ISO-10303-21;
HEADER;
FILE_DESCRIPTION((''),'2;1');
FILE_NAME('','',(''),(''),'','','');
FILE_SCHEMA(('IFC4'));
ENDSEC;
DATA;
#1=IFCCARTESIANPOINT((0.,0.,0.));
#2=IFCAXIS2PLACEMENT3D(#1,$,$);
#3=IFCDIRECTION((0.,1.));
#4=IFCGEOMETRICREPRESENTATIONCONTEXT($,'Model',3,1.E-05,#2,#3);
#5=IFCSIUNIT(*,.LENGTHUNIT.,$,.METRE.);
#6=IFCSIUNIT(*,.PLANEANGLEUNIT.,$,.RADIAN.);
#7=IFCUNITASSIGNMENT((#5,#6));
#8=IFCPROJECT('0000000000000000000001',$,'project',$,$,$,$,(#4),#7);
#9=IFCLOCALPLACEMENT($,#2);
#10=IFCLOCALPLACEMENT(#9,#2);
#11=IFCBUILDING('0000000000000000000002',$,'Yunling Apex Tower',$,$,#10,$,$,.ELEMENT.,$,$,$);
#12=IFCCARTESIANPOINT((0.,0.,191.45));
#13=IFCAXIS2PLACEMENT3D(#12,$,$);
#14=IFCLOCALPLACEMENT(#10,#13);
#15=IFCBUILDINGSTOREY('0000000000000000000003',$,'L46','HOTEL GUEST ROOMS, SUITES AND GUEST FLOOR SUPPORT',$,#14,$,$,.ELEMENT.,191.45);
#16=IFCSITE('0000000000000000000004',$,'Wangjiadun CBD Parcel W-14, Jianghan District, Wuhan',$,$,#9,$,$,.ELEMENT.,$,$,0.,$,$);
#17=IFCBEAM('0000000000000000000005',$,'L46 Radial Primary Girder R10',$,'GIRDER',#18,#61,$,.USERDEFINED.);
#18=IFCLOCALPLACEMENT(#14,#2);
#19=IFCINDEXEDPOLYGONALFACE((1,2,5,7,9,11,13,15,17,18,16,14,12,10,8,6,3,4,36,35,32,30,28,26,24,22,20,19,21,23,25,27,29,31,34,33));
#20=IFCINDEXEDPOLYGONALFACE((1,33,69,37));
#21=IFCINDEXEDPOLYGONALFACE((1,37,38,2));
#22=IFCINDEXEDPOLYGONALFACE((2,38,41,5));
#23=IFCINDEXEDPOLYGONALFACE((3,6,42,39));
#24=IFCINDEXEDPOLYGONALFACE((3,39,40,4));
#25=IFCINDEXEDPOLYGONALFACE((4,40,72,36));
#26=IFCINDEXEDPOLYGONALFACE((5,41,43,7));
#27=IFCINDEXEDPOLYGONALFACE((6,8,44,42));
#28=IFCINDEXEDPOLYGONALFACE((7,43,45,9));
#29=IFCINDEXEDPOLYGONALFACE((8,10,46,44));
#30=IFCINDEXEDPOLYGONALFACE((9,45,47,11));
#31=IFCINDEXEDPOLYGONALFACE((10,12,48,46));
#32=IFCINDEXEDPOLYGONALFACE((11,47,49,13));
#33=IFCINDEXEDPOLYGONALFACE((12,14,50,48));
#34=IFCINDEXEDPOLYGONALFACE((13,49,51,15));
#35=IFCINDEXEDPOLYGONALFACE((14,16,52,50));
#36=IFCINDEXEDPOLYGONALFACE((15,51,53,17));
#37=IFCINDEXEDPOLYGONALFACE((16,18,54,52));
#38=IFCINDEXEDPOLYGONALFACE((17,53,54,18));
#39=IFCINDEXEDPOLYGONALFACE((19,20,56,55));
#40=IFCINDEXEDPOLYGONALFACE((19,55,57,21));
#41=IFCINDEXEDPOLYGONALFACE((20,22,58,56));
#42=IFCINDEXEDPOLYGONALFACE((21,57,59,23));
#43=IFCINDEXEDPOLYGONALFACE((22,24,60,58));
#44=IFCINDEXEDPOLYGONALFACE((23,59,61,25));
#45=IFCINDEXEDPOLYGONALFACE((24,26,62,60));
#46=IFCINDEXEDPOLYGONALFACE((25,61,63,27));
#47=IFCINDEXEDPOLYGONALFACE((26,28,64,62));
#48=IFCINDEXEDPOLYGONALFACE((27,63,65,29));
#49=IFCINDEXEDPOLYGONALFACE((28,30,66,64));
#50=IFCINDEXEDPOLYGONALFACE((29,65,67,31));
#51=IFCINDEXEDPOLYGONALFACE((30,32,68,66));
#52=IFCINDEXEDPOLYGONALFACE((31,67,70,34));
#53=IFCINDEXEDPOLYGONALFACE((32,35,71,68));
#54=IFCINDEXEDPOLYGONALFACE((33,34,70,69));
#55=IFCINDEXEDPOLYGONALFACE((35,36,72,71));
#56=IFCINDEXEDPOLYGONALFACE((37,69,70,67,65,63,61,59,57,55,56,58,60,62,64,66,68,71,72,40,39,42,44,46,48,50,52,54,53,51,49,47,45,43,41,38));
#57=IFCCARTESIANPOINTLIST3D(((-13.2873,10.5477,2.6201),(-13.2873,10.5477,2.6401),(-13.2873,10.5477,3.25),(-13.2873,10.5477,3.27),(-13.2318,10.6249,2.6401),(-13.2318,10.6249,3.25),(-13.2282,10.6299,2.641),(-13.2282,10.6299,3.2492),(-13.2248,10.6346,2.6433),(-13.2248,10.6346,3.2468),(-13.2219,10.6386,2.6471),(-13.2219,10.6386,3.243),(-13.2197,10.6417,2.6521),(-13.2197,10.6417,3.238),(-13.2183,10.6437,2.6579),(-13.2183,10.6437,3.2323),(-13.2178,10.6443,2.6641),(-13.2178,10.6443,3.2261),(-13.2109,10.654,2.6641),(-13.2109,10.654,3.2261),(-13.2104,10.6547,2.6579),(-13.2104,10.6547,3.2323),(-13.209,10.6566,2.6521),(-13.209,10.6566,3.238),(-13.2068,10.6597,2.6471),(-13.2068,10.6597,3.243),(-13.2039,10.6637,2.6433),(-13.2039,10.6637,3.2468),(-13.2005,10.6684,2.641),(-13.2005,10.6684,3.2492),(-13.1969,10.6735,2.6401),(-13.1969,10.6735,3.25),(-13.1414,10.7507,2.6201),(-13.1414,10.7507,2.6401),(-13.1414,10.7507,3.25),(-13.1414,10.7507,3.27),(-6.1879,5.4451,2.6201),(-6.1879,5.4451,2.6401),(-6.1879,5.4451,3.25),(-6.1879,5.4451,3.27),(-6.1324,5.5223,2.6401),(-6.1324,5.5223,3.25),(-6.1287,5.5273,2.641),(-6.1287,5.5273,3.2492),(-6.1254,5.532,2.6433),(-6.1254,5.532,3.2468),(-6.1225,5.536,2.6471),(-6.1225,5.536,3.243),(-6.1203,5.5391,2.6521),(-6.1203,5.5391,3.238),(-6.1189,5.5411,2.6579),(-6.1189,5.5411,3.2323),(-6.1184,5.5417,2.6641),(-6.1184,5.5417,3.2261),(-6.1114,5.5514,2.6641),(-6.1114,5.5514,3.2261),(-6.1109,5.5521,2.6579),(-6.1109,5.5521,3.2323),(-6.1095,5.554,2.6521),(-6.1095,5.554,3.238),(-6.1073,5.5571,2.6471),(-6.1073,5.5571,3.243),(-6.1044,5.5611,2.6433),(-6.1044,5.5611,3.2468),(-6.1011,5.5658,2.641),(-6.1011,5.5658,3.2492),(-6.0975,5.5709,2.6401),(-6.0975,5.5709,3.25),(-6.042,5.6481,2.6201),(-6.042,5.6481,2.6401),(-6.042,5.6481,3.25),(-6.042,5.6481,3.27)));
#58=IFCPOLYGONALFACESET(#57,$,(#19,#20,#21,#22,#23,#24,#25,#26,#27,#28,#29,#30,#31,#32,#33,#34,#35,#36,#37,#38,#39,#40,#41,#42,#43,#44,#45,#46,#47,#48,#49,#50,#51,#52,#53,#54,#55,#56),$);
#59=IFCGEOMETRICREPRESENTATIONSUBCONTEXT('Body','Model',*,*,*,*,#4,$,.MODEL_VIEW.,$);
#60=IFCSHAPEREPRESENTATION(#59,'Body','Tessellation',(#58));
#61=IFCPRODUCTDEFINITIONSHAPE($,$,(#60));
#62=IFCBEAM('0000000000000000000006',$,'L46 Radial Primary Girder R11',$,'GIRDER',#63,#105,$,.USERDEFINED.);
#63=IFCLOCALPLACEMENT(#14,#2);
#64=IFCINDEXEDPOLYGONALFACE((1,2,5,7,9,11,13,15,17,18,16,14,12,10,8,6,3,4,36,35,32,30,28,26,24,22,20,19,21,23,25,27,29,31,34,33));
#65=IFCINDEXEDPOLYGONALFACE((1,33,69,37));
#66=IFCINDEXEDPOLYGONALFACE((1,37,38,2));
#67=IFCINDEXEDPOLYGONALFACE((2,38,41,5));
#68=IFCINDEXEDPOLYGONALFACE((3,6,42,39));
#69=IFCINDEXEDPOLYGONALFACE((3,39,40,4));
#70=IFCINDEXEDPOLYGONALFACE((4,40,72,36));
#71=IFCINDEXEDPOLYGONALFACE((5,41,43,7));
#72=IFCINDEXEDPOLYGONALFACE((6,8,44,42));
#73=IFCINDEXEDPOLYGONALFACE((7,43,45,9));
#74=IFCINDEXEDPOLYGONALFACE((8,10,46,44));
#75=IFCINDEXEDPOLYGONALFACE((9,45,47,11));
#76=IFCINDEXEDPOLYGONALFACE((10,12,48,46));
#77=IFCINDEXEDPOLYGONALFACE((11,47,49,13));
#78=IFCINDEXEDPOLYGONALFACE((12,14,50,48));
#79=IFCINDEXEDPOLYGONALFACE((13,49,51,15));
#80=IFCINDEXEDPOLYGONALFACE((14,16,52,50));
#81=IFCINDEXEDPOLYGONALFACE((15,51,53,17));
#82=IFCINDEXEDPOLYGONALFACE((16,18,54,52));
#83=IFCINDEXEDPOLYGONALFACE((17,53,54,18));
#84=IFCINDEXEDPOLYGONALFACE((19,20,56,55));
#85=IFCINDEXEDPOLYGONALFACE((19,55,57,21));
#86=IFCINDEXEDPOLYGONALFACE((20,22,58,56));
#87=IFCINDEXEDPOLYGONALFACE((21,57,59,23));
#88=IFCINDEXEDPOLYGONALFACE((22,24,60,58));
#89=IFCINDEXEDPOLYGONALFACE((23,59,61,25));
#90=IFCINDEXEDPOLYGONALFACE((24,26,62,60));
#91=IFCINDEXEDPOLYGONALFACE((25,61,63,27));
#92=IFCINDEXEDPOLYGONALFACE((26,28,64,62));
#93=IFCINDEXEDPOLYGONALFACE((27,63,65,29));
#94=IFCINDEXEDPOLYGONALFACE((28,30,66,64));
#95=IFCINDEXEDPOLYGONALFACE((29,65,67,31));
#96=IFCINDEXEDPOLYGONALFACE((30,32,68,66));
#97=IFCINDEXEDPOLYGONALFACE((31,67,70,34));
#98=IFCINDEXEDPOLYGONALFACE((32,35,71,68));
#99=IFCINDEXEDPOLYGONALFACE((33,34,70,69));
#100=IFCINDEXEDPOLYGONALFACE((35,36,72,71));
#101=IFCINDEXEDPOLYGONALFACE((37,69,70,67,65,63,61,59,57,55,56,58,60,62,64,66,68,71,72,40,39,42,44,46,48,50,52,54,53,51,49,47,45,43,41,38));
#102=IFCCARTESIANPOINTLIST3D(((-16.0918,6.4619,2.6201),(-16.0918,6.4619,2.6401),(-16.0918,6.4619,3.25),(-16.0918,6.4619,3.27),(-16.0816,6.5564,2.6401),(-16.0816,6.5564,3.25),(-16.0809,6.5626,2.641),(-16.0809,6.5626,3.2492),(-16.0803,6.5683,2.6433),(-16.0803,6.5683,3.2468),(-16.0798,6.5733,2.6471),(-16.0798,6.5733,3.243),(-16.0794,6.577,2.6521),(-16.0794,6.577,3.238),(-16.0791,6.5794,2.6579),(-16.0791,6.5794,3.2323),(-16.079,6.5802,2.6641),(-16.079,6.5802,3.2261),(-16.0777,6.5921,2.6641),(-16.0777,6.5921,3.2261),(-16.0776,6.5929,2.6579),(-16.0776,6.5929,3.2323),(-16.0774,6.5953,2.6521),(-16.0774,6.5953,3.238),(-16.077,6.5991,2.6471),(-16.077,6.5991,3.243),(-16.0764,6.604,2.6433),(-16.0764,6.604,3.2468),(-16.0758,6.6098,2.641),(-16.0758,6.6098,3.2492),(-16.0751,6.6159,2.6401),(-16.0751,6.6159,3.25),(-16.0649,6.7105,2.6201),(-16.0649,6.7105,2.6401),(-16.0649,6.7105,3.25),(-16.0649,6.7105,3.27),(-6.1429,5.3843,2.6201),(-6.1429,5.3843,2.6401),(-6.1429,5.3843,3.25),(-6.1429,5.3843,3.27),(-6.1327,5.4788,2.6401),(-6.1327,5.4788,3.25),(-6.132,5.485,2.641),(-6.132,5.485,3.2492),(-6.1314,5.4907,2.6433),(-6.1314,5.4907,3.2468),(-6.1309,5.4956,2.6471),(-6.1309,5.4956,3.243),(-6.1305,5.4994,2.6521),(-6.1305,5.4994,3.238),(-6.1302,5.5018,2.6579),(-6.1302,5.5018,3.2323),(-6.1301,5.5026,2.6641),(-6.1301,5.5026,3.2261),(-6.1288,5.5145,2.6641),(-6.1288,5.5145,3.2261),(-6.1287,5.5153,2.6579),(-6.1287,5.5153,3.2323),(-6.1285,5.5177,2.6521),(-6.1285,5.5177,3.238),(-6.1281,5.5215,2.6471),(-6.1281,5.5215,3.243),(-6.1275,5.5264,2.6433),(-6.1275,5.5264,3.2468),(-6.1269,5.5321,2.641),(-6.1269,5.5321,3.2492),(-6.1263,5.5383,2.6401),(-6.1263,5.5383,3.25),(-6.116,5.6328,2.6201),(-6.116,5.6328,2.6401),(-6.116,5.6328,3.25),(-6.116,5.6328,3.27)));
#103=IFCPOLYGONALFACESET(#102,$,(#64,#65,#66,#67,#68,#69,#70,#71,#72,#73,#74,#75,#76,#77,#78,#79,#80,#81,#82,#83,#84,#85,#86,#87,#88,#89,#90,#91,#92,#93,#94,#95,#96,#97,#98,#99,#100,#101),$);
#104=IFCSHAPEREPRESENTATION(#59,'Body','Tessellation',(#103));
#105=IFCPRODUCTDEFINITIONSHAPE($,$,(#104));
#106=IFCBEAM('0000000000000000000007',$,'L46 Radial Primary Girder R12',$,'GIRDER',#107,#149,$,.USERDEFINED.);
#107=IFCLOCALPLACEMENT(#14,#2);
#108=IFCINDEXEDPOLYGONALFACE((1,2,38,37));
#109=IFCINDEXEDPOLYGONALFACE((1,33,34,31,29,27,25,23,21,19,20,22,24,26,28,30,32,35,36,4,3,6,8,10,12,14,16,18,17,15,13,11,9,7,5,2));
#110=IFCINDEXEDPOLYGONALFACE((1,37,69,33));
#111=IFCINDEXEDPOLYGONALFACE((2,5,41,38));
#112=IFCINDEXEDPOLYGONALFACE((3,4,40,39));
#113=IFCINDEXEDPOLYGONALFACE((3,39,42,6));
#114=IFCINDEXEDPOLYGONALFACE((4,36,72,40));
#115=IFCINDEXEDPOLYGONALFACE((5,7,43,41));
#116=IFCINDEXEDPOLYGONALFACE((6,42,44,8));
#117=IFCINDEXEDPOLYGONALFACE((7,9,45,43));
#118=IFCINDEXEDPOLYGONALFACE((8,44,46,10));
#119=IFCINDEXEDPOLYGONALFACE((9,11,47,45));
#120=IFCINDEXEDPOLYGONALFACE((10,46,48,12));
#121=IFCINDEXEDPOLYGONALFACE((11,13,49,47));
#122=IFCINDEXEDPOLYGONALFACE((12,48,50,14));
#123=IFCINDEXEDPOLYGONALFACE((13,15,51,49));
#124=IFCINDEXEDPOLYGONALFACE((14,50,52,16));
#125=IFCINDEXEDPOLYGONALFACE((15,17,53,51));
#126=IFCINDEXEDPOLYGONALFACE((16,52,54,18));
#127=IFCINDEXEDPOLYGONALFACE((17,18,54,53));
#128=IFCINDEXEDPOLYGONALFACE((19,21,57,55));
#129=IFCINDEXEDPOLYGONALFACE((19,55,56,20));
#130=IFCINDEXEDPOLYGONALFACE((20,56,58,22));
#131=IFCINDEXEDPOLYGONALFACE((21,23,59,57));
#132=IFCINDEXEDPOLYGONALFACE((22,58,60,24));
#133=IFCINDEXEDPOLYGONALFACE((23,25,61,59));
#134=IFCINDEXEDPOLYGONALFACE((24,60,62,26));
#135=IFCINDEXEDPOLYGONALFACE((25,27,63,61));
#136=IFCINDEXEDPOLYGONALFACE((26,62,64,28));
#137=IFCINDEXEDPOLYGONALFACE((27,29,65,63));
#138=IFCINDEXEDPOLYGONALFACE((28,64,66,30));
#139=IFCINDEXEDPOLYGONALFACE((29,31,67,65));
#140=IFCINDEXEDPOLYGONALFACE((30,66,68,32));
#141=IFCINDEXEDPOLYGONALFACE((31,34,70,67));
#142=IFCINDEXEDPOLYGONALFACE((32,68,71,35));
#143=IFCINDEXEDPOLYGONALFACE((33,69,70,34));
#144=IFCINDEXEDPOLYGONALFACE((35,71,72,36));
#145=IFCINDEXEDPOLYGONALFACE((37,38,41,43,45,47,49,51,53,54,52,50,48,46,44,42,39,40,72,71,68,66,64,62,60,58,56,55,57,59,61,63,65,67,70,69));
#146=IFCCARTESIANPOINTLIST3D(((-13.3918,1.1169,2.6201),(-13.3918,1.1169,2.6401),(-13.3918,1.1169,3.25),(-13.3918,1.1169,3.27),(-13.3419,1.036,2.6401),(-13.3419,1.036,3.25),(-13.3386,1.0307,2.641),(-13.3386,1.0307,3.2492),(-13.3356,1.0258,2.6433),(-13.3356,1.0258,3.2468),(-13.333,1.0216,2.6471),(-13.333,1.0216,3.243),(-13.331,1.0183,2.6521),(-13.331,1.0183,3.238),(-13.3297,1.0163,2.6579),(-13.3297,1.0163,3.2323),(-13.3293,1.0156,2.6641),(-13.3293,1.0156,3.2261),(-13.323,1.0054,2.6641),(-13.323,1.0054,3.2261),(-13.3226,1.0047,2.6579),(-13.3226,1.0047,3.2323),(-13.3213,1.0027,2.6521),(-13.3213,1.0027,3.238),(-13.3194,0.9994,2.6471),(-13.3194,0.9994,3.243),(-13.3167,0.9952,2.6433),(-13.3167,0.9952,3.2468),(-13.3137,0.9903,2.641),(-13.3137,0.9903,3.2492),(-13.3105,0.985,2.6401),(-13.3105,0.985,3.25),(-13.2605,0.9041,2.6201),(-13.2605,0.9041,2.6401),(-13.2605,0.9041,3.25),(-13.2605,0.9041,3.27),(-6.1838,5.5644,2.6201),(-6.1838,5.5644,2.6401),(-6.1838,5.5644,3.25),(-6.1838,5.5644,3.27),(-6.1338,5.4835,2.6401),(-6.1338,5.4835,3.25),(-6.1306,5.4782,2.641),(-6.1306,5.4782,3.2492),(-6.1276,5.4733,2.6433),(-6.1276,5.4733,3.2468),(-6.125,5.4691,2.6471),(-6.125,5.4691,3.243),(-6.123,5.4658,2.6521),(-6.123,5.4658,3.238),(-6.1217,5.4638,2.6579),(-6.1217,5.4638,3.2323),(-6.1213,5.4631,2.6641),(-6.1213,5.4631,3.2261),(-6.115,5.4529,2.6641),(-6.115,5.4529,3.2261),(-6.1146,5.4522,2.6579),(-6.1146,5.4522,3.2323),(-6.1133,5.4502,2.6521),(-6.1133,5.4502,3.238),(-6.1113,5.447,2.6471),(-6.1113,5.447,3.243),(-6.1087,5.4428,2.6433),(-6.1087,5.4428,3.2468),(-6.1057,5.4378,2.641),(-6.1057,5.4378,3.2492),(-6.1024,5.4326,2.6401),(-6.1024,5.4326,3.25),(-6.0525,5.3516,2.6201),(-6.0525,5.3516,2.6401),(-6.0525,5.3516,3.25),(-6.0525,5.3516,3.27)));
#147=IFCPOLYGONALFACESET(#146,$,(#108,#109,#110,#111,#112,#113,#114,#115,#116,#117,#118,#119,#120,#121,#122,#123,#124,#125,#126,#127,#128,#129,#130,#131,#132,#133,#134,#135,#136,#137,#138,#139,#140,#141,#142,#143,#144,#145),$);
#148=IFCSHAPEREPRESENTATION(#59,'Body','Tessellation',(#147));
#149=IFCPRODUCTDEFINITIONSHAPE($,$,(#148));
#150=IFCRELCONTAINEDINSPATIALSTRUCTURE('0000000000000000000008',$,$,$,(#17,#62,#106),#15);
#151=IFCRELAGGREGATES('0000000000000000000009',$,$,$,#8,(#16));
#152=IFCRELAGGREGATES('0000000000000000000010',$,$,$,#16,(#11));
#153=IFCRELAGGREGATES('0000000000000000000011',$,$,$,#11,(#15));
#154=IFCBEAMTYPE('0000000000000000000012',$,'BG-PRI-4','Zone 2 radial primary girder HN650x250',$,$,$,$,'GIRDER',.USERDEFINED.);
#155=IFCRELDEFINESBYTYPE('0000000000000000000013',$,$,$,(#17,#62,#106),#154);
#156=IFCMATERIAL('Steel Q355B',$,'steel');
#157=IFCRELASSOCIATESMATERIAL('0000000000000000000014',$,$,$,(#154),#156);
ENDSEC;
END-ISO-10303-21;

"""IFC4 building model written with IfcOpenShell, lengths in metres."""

from ifc_helpers import new_model, si_unit, direction, frame, origin, origin_2d, place, context, subcontext, project, spatial, i_section, extrude, source, transform, mapped, material, material_profile, profile_set, type_object, element, save


model = new_model("IFC4")

# Units and contexts
model_context = context("Model", 3, precision=1e-05, world=origin(), true_north=direction((0.0, 1.0)))
body_context = subcontext(model_context, "Body", "Model", "MODEL_VIEW")
ifc_project = project(units=[si_unit("LENGTHUNIT", "METRE"), si_unit("PLANEANGLEUNIT", "RADIAN")], contexts=[model_context])

# Site, building, storey
site_placement = place(None, origin())
site = spatial("IfcSite", under=ifc_project, at=site_placement, Name="Wangjiadun CBD Parcel W-14, Jianghan District, Wuhan", CompositionType="ELEMENT", RefElevation=0.0)
building_placement = place(site_placement, origin())
building = spatial("IfcBuilding", under=site, at=building_placement, Name="Yunling Apex Tower", CompositionType="ELEMENT")
storey_placement = place(building_placement, frame((0.0, 0.0, 191.45)))
storey = spatial("IfcBuildingStorey", under=building, at=storey_placement, Name="L46", Description="HOTEL GUEST ROOMS, SUITES AND GUEST FLOOR SUPPORT", CompositionType="ELEMENT", Elevation=191.45)

# Beams
ifc_material_1 = material(Name="Steel Q355B", Category="steel")
ifc_material_profile_1 = material_profile(ifc_material_1, i_section(OverallWidth=0.25, OverallDepth=0.6499, WebThickness=0.012, FlangeThickness=0.02, FilletRadius=0.0239, at=origin_2d()))
ifc_profile_set_1 = profile_set([ifc_material_profile_1], Name="Steel Q355B")
beam_type_1 = type_object("IfcBeamType", Name="BG-PRI-4", Description="Zone 2 radial primary girder HN650x250", ElementType="GIRDER", PredefinedType="USERDEFINED", material=ifc_profile_set_1)
shared_shape_1 = source(origin(), body_context, "Body", "SweptSolid", [
    extrude(i_section(OverallWidth=0.25, OverallDepth=0.6499, WebThickness=0.012, FlangeThickness=0.02, FilletRadius=0.0239, at=origin_2d()), origin(), (0.0, 0.0, 1.0), 8.7429),
])
beam_1_placement = place(storey_placement, frame((-13.2144, 10.6492, 2.9451), z_axis=(0.812022, -0.583626, 0.0), x_axis=(0.583626, 0.812022, 0.0)))
element("IfcBeam", 1, at=beam_1_placement, inside=storey, type_object=beam_type_1, Name="L46 Radial Primary Girder R10", ObjectType="GIRDER", PredefinedType="USERDEFINED", context=body_context, shape_type="MappedRepresentation", body=[
    mapped(shared_shape_1, transform((0.0, 0.0, 0.0), scale=1.0)),
])
shared_shape_2 = source(origin(), body_context, "Body", "SweptSolid", [
    extrude(i_section(OverallWidth=0.25, OverallDepth=0.6499, WebThickness=0.012, FlangeThickness=0.02, FilletRadius=0.0239, at=origin_2d()), origin(), (0.0, 0.0, 1.0), 10.0071),
])
beam_2_placement = place(storey_placement, frame((-16.0784, 6.5862, 2.9451), z_axis=(0.994185, -0.107686, 0.0), x_axis=(0.107686, 0.994185, 0.0)))
element("IfcBeam", 2, at=beam_2_placement, inside=storey, type_object=beam_type_1, Name="L46 Radial Primary Girder R11", ObjectType="GIRDER", PredefinedType="USERDEFINED", context=body_context, shape_type="MappedRepresentation", body=[
    mapped(shared_shape_2, transform((0.0, 0.0, 0.0), scale=1.0)),
])
shared_shape_3 = source(origin(), body_context, "Body", "SweptSolid", [
    extrude(i_section(OverallWidth=0.25, OverallDepth=0.6499, WebThickness=0.012, FlangeThickness=0.02, FilletRadius=0.0239, at=origin_2d()), origin(), (0.0, 0.0, 1.0), 8.4697),
])
beam_3_placement = place(storey_placement, frame((-13.3262, 1.0105, 2.9451), z_axis=(0.851035, 0.525109, 0.0), x_axis=(-0.525109, 0.851035, 0.0)))
element("IfcBeam", 3, at=beam_3_placement, inside=storey, type_object=beam_type_1, Name="L46 Radial Primary Girder R12", ObjectType="GIRDER", PredefinedType="USERDEFINED", context=body_context, shape_type="MappedRepresentation", body=[
    mapped(shared_shape_3, transform((0.0, 0.0, 0.0), scale=1.0)),
])

save(model, "model.ifc")
